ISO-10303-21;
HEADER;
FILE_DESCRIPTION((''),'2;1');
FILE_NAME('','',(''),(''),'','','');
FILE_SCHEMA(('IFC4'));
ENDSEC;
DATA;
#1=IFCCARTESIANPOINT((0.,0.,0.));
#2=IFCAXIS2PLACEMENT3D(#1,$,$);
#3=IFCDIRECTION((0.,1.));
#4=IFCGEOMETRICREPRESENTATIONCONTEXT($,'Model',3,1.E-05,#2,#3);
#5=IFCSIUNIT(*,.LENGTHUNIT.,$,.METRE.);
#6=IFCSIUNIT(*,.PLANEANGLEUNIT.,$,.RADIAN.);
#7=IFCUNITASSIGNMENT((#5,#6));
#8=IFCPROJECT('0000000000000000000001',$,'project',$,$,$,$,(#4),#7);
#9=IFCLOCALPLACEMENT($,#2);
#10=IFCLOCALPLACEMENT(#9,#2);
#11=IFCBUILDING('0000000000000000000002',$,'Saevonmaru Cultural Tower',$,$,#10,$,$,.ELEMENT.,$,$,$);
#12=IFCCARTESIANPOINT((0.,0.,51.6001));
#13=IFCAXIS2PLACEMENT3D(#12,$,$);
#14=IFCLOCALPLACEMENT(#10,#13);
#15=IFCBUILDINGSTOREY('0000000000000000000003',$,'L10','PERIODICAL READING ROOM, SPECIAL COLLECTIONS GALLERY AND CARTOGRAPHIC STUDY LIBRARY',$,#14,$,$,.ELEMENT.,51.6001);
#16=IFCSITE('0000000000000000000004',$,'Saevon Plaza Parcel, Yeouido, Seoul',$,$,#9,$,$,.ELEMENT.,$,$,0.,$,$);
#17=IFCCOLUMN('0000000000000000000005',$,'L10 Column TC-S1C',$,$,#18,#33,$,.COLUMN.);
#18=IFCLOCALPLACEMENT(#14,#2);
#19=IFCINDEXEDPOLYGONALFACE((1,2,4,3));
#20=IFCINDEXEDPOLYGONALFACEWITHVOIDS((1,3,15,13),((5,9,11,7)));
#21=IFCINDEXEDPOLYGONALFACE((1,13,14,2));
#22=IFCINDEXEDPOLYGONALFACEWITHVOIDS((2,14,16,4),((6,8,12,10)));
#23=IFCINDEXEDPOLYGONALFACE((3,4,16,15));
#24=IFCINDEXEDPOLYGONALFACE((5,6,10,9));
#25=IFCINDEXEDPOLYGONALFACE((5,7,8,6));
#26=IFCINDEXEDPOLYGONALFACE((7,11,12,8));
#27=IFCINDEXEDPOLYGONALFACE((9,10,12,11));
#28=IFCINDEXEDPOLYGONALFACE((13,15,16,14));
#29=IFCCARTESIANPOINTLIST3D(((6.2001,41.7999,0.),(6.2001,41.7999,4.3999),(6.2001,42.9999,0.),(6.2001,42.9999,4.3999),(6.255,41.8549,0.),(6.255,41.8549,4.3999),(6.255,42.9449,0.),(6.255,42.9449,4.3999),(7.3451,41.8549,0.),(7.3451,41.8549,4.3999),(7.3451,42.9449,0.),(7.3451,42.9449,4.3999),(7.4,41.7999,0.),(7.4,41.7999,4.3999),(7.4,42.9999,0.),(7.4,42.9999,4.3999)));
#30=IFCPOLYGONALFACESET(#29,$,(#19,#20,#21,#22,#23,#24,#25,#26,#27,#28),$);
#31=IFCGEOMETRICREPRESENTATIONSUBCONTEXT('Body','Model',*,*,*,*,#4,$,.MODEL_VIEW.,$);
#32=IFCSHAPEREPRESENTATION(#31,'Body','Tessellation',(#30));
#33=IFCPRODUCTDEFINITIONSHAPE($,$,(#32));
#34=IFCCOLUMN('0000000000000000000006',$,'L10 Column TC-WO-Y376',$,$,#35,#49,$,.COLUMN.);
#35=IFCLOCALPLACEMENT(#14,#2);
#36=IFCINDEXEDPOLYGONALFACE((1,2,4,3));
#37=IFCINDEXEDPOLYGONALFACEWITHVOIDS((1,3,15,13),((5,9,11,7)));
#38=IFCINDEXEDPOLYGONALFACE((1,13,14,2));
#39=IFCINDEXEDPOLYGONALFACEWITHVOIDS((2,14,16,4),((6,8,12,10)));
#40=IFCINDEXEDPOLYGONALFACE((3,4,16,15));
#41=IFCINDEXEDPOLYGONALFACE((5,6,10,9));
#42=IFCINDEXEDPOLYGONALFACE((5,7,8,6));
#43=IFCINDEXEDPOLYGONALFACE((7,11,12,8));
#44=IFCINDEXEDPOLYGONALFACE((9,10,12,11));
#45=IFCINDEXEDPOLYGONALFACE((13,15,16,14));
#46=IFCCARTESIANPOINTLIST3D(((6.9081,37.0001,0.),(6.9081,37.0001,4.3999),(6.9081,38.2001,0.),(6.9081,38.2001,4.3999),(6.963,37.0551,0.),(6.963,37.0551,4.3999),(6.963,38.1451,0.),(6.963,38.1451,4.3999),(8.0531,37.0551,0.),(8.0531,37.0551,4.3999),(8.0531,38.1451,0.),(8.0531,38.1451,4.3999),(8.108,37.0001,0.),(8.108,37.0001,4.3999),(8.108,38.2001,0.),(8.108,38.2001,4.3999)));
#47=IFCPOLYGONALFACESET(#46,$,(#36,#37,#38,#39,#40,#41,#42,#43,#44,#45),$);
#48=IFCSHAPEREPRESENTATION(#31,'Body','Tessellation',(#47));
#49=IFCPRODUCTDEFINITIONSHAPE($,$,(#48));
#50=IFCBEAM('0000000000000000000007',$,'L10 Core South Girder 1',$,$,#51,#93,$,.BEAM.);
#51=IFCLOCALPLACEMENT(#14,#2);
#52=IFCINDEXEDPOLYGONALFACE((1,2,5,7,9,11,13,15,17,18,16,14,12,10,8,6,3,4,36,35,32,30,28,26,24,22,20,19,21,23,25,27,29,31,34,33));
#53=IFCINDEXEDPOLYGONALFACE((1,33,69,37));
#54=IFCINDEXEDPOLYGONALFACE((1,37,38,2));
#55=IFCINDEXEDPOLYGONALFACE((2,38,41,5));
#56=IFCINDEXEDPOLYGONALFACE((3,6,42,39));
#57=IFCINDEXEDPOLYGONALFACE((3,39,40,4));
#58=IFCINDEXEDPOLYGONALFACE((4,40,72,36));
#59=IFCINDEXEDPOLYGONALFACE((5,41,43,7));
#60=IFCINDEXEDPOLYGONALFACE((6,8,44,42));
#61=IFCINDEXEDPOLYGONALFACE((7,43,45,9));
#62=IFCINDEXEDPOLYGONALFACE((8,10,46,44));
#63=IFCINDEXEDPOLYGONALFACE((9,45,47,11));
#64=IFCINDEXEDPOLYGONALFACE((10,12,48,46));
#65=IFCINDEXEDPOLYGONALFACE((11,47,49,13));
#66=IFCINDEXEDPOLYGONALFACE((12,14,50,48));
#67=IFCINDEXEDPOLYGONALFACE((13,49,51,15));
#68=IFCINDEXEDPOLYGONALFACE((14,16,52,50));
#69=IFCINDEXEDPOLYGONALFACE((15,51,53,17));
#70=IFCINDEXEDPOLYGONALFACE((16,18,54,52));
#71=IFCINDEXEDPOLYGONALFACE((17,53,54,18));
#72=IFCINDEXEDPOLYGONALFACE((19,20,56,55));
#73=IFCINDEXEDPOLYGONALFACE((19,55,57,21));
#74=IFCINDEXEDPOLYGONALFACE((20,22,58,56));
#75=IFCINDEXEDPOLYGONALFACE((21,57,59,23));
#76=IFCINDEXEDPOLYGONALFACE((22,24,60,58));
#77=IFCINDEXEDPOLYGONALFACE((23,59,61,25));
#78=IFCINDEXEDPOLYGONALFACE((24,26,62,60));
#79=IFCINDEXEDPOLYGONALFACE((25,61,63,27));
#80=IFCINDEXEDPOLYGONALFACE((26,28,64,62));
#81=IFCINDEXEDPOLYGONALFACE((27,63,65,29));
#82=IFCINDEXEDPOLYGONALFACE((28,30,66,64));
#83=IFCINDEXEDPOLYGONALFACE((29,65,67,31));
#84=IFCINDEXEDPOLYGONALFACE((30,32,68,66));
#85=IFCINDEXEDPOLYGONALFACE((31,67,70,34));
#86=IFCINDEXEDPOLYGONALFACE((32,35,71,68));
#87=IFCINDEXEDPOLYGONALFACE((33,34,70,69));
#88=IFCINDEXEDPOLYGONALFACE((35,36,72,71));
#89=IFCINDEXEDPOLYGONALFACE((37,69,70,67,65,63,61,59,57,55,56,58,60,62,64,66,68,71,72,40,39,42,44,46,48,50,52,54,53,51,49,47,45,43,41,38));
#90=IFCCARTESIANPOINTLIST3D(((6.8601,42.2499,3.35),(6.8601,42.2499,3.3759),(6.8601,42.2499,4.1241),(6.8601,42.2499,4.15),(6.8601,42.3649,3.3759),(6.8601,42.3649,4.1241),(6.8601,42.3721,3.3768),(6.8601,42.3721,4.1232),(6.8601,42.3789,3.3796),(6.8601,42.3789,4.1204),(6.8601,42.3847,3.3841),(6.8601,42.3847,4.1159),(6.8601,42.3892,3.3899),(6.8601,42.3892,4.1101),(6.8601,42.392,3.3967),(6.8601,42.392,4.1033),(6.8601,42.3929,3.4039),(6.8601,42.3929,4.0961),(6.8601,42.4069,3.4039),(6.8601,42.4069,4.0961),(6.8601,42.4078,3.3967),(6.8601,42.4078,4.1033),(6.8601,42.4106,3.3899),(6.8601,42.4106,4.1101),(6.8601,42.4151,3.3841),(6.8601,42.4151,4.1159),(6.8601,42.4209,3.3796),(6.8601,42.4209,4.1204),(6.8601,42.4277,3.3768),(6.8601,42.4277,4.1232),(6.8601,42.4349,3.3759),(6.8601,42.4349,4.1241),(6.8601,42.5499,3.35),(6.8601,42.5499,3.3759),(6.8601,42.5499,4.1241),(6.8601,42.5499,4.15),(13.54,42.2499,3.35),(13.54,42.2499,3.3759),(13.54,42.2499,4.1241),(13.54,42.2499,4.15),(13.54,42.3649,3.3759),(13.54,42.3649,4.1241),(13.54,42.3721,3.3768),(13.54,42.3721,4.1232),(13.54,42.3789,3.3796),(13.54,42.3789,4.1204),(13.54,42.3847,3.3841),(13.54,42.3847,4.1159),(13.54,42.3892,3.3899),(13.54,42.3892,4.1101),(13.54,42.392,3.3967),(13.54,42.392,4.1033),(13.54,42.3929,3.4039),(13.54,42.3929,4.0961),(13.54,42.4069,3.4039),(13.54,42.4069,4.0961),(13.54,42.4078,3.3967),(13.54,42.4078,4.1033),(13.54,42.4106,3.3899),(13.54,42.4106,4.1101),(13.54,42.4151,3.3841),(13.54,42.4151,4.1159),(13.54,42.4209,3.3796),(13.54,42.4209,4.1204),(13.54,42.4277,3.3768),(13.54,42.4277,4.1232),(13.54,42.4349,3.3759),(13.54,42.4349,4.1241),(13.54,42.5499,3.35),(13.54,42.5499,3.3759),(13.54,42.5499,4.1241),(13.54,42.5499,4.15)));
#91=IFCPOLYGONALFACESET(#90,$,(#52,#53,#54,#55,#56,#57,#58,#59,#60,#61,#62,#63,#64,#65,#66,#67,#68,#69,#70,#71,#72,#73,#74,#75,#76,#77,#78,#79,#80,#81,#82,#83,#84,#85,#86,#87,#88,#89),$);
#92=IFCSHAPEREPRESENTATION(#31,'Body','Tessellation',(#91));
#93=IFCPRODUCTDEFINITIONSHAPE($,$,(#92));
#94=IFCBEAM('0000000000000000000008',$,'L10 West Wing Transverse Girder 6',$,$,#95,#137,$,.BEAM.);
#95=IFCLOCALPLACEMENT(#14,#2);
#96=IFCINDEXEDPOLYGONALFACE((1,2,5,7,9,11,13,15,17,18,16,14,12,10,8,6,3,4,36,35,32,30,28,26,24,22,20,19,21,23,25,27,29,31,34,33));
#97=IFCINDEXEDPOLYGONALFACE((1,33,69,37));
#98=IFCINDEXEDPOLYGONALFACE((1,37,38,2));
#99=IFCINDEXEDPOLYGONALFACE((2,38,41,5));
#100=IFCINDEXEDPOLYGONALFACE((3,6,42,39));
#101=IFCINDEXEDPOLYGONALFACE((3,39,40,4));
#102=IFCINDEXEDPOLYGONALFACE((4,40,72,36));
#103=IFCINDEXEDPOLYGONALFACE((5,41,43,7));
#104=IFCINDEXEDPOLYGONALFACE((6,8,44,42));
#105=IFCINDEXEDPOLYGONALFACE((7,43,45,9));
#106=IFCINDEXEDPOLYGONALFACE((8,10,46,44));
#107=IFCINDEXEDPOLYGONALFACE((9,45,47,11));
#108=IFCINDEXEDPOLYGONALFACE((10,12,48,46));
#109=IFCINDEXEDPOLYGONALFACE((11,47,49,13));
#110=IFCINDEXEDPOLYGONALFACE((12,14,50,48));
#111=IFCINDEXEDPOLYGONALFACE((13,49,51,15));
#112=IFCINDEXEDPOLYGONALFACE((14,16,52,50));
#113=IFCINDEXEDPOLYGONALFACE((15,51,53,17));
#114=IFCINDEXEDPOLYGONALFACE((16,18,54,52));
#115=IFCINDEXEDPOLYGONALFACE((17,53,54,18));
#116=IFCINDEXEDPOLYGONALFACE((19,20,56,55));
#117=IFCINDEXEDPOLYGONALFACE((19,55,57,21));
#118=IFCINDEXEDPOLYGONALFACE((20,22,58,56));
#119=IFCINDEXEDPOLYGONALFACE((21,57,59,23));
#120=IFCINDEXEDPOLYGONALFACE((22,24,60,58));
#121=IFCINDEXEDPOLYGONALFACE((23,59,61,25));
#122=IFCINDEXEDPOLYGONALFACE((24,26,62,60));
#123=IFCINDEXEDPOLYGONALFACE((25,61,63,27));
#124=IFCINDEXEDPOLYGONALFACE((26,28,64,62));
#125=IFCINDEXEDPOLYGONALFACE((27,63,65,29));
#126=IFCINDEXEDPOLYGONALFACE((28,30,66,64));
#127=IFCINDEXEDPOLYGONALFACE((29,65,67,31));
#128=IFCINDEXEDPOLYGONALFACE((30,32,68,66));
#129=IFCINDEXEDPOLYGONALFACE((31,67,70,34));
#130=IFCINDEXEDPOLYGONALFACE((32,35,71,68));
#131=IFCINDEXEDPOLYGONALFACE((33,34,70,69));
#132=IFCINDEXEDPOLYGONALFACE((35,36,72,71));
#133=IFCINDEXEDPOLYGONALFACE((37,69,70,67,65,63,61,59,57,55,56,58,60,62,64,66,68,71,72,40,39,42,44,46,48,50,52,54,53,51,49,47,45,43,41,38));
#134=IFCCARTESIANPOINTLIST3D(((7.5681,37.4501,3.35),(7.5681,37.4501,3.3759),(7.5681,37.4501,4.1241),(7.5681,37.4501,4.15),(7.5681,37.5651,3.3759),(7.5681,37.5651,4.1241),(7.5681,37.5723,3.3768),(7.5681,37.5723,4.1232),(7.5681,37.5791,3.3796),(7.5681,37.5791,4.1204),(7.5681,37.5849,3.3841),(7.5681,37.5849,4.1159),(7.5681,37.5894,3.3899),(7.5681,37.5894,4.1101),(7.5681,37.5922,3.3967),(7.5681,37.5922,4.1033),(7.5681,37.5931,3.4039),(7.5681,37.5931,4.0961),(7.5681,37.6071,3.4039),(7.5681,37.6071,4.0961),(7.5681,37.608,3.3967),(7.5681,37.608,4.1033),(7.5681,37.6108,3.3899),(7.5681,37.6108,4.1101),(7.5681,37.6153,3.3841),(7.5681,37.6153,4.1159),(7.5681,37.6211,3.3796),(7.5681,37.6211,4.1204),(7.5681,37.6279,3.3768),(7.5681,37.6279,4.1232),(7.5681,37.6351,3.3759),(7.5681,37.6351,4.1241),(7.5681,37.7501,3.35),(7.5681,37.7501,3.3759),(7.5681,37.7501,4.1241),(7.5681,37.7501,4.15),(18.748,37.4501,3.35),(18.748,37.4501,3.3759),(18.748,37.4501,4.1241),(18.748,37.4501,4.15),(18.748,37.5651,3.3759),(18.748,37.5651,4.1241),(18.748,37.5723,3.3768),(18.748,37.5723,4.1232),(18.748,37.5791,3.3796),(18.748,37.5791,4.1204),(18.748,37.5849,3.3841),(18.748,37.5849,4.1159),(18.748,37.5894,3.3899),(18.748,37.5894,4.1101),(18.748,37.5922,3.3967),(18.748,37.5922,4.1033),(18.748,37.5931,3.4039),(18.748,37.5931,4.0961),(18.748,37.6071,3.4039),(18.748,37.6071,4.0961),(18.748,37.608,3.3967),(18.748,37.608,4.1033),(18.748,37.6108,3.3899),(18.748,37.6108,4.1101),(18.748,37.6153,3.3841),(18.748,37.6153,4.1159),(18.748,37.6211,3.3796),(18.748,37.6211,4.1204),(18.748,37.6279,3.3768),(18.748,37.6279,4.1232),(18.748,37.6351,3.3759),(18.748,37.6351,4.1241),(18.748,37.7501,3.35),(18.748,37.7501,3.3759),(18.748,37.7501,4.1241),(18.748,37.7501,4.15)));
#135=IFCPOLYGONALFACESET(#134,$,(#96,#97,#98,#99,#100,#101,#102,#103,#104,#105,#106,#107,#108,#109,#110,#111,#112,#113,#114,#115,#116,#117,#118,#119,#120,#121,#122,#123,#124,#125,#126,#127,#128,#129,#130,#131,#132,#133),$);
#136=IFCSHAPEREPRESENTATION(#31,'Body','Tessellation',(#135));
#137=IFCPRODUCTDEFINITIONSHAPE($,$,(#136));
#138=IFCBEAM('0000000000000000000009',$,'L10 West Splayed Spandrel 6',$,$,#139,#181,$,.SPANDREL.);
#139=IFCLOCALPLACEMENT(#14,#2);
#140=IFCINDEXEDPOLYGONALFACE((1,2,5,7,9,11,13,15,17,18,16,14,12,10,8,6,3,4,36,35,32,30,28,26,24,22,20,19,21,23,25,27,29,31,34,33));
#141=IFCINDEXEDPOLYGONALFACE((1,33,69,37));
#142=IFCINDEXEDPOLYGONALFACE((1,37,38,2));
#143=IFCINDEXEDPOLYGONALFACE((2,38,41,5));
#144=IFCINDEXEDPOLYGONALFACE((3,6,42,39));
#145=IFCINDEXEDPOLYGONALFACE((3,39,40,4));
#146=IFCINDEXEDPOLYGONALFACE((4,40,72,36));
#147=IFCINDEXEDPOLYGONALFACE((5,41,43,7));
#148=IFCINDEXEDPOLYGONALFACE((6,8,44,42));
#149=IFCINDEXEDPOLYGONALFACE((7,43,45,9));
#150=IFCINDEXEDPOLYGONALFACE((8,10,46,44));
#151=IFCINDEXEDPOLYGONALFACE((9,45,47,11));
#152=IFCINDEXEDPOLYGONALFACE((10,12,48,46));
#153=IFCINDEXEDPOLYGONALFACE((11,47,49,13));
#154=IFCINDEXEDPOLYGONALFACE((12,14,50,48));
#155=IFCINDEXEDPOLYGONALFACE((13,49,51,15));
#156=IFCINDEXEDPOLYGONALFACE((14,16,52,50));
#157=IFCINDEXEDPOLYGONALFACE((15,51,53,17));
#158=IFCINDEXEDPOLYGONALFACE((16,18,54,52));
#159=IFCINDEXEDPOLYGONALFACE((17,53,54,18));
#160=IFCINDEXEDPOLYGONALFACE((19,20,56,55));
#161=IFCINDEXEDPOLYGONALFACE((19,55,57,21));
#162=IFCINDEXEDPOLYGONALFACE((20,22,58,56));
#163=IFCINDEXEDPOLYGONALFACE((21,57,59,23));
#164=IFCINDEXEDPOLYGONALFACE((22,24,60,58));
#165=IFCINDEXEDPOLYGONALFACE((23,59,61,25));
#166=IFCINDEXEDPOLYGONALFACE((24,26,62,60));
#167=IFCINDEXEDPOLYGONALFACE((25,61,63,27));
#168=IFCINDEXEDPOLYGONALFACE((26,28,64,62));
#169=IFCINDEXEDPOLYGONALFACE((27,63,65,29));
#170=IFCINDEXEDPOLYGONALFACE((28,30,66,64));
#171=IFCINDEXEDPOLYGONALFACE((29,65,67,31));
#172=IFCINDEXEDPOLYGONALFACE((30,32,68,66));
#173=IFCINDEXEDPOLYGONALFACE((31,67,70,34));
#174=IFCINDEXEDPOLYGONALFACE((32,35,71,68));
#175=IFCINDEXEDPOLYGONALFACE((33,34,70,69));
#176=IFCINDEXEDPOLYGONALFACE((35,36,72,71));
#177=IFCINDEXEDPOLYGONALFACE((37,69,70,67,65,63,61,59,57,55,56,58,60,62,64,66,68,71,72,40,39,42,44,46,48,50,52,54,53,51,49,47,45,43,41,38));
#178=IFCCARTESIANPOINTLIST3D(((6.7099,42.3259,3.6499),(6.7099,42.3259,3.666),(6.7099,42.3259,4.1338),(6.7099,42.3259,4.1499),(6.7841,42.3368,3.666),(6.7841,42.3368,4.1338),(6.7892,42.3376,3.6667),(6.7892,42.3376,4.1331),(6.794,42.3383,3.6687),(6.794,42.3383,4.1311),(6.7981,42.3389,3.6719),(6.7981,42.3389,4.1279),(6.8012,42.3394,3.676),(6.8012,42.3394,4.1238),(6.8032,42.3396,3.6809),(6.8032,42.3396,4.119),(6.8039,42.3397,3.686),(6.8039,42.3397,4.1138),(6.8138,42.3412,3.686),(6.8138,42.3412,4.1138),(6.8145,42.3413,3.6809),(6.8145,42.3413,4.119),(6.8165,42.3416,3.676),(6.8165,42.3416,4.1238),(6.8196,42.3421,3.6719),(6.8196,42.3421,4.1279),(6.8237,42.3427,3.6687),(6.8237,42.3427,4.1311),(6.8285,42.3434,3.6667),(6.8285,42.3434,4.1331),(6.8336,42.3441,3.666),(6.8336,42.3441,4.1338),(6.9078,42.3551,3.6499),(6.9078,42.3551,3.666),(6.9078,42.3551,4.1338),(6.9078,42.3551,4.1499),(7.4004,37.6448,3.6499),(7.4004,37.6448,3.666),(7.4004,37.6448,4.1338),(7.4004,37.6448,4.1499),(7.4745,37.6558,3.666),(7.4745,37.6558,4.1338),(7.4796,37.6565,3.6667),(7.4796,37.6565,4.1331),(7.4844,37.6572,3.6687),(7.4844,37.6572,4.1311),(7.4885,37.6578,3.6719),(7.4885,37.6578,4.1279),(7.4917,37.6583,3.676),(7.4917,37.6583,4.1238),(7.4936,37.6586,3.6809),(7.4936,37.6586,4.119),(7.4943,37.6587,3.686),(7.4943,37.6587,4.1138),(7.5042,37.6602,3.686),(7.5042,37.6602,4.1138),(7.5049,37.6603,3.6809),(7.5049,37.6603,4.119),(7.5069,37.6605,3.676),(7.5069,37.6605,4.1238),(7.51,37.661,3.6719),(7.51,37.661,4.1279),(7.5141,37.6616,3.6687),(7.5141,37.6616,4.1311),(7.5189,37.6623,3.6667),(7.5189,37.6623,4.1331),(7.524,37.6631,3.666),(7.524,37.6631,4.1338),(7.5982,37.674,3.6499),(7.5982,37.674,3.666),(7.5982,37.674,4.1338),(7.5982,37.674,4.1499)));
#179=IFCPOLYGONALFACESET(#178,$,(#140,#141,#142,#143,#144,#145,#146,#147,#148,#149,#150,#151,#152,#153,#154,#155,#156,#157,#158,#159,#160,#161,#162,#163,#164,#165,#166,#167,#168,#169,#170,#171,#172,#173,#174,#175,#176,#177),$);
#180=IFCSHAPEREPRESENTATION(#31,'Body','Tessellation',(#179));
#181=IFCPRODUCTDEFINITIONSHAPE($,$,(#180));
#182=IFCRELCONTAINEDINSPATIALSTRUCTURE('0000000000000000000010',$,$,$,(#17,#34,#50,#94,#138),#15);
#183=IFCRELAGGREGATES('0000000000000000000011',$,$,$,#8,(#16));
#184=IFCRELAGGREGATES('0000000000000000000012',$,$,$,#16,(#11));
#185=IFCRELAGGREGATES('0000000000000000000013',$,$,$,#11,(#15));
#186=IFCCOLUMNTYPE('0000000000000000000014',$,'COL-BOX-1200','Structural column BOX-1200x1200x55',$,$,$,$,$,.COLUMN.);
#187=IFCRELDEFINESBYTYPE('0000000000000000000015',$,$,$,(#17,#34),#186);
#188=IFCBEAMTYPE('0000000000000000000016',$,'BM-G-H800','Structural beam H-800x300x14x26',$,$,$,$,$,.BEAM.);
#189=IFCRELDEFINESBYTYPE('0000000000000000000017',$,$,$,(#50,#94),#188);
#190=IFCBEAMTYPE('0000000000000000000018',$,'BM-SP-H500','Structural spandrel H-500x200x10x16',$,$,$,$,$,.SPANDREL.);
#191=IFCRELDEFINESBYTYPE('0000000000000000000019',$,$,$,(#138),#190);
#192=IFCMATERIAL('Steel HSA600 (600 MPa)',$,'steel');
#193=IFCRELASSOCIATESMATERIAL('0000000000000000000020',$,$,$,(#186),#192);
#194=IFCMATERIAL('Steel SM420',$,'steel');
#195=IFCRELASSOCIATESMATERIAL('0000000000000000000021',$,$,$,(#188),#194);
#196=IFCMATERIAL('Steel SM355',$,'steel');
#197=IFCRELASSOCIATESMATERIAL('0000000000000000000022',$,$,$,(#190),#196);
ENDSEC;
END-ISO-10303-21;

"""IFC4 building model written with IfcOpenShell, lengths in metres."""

from ifc_helpers import new_model, si_unit, direction, frame, origin, origin_2d, place, context, subcontext, project, spatial, hollow_rectangle, i_section, extrude, material, material_profile, profile_set, type_object, element, save


model = new_model("IFC4")

# Units and contexts
model_context = context("Model", 3, precision=1e-05, world=origin(), true_north=direction((0.0, 1.0)))
body_context = subcontext(model_context, "Body", "Model", "MODEL_VIEW")
ifc_project = project(units=[si_unit("LENGTHUNIT", "METRE"), si_unit("PLANEANGLEUNIT", "RADIAN")], contexts=[model_context])

# Site, building, storey
site_placement = place(None, origin())
site = spatial("IfcSite", under=ifc_project, at=site_placement, Name="Saevon Plaza Parcel, Yeouido, Seoul", CompositionType="ELEMENT", RefElevation=0.0)
building_placement = place(site_placement, origin())
building = spatial("IfcBuilding", under=site, at=building_placement, Name="Saevonmaru Cultural Tower", CompositionType="ELEMENT")
storey_placement = place(building_placement, frame((0.0, 0.0, 51.6001)))
storey = spatial("IfcBuildingStorey", under=building, at=storey_placement, Name="L10", Description="PERIODICAL READING ROOM, SPECIAL COLLECTIONS GALLERY AND CARTOGRAPHIC STUDY LIBRARY", CompositionType="ELEMENT", Elevation=51.6001)

# Columns
ifc_material_1 = material(Name="Steel HSA600 (600 MPa)", Category="steel")
ifc_material_profile_1 = material_profile(ifc_material_1, hollow_rectangle(XDim=1.2, YDim=1.2, WallThickness=0.0549, at=origin_2d()), Name="BOX-1200x1200x55")
ifc_profile_set_1 = profile_set([ifc_material_profile_1], Name="Steel HSA600 (600 MPa)")
column_type = type_object("IfcColumnType", Name="COL-BOX-1200", Description="Structural column BOX-1200x1200x55", PredefinedType="COLUMN", material=ifc_profile_set_1)
for number, where, z_axis, x_axis, name in (
    (1, (6.8, 42.3999, 0.0), (0.0, 0.0, 1.0), (1.0, 0.0, 0.0), "L10 Column TC-S1C"),
    (2, (7.5081, 37.6001, 0.0), (0.0, 0.0, 1.0), (1.0, 0.0, 0.0), "L10 Column TC-WO-Y376"),
):
    element("IfcColumn", number, at=place(storey_placement, frame(where, z_axis=z_axis, x_axis=x_axis)), inside=storey, type_object=column_type, Name=name, PredefinedType="COLUMN", context=body_context, shape_type="SweptSolid", body=[
        extrude(hollow_rectangle(XDim=1.2, YDim=1.2, WallThickness=0.0549, at=origin_2d()), origin(), (0.0, 0.0, 1.0), 4.3999),
    ])

# Beams
ifc_material_2 = material(Name="Steel SM420", Category="steel")
ifc_material_profile_2 = material_profile(ifc_material_2, i_section(OverallWidth=0.3, OverallDepth=0.8, WebThickness=0.0139, FlangeThickness=0.0259, FilletRadius=0.0281, at=origin_2d()), Name="H-800x300x14x26")
ifc_profile_set_2 = profile_set([ifc_material_profile_2], Name="Steel SM420")
beam_type_1 = type_object("IfcBeamType", Name="BM-G-H800", Description="Structural beam H-800x300x14x26", PredefinedType="BEAM", material=ifc_profile_set_2)
beam_1_placement = place(storey_placement, frame((6.8601, 42.3999, 3.75), z_axis=(1.0, 0.0, 0.0), x_axis=(0.0, 1.0, 0.0)))
element("IfcBeam", 3, at=beam_1_placement, inside=storey, type_object=beam_type_1, Name="L10 Core South Girder 1", PredefinedType="BEAM", context=body_context, shape_type="SweptSolid", body=[
    extrude(i_section(OverallWidth=0.3, OverallDepth=0.8, WebThickness=0.0139, FlangeThickness=0.0259, FilletRadius=0.0281, at=origin_2d()), origin(), (0.0, 0.0, 1.0), 6.6799),
])
beam_2_placement = place(storey_placement, frame((7.5681, 37.6001, 3.75), z_axis=(1.0, 0.0, 0.0), x_axis=(0.0, 1.0, 0.0)))
element("IfcBeam", 4, at=beam_2_placement, inside=storey, type_object=beam_type_1, Name="L10 West Wing Transverse Girder 6", PredefinedType="BEAM", context=body_context, shape_type="SweptSolid", body=[
    extrude(i_section(OverallWidth=0.3, OverallDepth=0.8, WebThickness=0.0139, FlangeThickness=0.0259, FilletRadius=0.0281, at=origin_2d()), origin(), (0.0, 0.0, 1.0), 11.1799),
])
ifc_material_3 = material(Name="Steel SM355", Category="steel")
ifc_material_profile_3 = material_profile(ifc_material_3, i_section(OverallWidth=0.2, OverallDepth=0.5, WebThickness=0.01, FlangeThickness=0.0161, FilletRadius=0.02, at=origin_2d()), Name="H-500x200x10x16")
ifc_profile_set_3 = profile_set([ifc_material_profile_3], Name="Steel SM355")
beam_type_2 = type_object("IfcBeamType", Name="BM-SP-H500", Description="Structural spandrel H-500x200x10x16", PredefinedType="SPANDREL", material=ifc_profile_set_3)
beam_3_placement = place(storey_placement, frame((7.4993, 37.6594, 3.8999), z_axis=(-0.145913, 0.989297, 0.0), x_axis=(-0.989297, -0.145913, 0.0)))
element("IfcBeam", 5, at=beam_3_placement, inside=storey, type_object=beam_type_2, Name="L10 West Splayed Spandrel 6", PredefinedType="SPANDREL", context=body_context, shape_type="SweptSolid", body=[
    extrude(i_section(OverallWidth=0.2, OverallDepth=0.5, WebThickness=0.01, FlangeThickness=0.0161, FilletRadius=0.02, at=origin_2d()), origin(), (0.0, 0.0, 1.0), 4.7317),
])

save(model, "model.ifc")
